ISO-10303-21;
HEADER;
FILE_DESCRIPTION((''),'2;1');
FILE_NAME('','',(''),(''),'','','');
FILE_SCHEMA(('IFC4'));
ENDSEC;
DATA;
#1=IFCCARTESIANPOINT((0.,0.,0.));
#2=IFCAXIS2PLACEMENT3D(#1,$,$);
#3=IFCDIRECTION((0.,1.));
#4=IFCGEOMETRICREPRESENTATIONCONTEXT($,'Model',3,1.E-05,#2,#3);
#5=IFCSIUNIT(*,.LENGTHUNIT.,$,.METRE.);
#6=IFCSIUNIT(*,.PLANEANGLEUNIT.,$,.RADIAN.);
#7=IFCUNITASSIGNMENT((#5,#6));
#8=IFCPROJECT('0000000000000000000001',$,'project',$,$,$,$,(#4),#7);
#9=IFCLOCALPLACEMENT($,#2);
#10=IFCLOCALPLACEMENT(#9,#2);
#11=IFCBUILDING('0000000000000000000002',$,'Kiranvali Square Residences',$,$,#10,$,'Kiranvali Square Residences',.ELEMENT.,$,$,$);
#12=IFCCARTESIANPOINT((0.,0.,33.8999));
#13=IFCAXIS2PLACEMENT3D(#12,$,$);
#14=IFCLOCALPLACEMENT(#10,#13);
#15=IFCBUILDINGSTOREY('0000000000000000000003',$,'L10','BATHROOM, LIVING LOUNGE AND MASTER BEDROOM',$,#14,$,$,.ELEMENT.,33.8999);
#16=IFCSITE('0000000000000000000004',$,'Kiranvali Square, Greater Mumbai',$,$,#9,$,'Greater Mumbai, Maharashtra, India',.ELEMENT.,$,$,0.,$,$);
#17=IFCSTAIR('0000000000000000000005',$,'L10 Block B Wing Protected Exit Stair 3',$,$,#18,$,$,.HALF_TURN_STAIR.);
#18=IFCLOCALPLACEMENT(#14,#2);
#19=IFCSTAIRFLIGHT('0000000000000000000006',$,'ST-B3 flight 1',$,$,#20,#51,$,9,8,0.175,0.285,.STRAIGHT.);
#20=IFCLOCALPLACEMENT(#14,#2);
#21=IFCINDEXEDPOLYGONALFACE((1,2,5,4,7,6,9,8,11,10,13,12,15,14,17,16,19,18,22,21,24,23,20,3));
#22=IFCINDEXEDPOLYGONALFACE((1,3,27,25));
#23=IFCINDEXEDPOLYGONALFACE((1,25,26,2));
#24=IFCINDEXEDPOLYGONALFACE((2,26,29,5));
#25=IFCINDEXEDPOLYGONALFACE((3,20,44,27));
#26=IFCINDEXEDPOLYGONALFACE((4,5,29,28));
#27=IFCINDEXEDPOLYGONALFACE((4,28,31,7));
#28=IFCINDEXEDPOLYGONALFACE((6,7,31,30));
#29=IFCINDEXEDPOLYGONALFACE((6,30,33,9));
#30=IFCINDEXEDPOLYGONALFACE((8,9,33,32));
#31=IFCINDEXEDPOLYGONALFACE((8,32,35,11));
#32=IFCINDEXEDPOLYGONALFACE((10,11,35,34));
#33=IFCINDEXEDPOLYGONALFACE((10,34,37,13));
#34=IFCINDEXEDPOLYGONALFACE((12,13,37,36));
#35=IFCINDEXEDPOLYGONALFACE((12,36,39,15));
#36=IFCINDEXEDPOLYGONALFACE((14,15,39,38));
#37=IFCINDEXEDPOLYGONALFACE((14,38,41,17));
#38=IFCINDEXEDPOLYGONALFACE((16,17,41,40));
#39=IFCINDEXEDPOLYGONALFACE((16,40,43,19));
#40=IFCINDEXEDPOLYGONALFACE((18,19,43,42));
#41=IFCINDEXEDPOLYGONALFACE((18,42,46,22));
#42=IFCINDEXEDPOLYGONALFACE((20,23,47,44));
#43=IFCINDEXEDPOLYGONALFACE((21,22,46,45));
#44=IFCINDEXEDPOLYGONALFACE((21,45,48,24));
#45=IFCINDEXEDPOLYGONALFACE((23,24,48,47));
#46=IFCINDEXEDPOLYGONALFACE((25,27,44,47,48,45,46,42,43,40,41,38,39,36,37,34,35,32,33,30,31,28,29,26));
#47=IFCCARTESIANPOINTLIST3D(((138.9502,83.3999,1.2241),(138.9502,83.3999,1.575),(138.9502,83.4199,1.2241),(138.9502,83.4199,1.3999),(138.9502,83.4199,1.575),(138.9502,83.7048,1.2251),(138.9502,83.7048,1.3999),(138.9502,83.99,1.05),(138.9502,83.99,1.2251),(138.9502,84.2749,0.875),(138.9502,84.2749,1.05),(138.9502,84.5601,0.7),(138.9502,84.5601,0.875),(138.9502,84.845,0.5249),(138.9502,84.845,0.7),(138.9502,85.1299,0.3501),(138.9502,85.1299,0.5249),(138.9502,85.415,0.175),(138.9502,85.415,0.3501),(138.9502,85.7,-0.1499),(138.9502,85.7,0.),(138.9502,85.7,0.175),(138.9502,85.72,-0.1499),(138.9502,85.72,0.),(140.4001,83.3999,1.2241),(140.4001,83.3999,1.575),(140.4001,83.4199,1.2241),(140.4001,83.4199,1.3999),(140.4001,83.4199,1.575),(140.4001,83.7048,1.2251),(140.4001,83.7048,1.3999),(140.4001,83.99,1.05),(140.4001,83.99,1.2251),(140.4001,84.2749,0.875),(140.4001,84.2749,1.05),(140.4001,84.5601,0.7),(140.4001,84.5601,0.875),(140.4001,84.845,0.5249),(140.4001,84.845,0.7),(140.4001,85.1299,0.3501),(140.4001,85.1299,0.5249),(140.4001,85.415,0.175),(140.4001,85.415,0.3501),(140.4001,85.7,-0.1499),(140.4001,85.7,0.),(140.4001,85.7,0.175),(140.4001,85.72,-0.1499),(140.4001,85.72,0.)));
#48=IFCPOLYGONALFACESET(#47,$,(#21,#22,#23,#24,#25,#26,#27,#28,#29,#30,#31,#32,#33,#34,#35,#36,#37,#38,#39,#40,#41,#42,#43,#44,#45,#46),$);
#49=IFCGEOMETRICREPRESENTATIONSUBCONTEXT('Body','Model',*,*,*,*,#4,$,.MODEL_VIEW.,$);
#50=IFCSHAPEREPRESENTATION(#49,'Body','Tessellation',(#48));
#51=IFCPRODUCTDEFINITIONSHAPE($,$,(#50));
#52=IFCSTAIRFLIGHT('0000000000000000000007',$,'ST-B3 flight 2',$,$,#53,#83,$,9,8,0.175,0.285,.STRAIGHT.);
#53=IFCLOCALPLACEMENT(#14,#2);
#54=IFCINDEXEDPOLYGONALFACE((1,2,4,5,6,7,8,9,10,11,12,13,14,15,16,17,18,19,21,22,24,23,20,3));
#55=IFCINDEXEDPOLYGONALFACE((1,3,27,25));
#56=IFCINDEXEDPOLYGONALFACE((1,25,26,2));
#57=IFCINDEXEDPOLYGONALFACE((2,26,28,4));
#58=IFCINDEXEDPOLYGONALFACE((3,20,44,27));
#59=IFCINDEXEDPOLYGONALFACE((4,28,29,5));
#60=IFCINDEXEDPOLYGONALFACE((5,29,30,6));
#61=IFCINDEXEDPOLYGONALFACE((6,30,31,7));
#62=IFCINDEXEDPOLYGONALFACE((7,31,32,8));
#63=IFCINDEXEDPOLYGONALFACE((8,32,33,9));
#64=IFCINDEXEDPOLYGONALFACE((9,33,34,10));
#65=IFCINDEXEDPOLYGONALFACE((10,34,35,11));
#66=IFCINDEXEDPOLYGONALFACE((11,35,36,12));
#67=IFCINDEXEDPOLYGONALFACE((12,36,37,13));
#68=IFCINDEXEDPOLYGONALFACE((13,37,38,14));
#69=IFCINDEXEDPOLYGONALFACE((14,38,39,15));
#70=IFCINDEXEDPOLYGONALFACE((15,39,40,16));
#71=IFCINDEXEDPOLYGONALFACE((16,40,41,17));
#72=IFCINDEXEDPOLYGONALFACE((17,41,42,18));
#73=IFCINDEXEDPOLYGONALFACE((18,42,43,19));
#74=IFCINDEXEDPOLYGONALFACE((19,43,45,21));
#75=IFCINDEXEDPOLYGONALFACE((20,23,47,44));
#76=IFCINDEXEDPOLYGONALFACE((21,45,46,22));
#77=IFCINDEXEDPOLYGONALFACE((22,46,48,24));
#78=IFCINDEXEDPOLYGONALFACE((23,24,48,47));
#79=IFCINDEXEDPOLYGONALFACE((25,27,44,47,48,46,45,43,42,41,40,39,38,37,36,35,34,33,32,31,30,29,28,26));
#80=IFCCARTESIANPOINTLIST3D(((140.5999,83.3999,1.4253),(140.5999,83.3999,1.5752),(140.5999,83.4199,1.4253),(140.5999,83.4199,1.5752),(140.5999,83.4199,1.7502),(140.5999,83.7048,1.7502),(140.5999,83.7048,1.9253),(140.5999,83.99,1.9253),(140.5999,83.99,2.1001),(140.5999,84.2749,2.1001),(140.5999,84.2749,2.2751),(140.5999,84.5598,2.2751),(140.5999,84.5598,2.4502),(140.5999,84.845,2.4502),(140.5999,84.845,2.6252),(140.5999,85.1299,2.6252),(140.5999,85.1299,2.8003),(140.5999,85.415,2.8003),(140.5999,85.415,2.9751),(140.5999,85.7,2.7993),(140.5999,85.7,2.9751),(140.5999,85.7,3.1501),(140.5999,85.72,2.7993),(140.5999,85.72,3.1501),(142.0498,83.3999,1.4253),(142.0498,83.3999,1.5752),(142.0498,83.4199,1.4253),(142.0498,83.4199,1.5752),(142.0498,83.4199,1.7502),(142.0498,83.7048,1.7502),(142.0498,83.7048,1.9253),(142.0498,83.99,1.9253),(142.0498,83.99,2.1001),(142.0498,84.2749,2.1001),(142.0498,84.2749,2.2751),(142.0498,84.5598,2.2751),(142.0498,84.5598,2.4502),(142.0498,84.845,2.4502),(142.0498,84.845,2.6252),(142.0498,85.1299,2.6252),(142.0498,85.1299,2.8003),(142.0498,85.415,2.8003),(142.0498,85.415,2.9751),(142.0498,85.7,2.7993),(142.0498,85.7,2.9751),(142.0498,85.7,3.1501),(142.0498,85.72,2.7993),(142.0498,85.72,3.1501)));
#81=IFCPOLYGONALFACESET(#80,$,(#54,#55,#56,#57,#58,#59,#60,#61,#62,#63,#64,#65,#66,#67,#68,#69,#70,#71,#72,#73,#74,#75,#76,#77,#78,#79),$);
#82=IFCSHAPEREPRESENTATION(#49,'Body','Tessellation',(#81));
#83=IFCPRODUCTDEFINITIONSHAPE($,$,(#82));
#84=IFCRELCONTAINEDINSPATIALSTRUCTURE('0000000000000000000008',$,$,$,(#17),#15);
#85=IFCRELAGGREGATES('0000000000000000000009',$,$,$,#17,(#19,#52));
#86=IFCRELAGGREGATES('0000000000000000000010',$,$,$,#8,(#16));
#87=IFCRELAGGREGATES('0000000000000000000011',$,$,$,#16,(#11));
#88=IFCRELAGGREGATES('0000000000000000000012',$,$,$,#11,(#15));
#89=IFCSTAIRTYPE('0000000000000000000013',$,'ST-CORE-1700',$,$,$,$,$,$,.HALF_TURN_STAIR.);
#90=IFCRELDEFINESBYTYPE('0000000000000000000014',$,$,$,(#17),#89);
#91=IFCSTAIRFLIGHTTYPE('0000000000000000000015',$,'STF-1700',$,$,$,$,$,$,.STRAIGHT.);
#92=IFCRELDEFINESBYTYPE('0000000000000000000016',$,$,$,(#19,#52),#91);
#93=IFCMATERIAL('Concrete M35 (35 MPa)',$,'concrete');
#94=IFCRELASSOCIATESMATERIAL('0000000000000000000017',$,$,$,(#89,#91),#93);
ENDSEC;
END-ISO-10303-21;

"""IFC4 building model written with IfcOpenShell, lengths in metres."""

from ifc_helpers import new_model, si_unit, direction, frame, origin, place, context, subcontext, project, spatial, polyline, outline, extrude, material, type_object, element, aggregate, save


model = new_model("IFC4")

# Units and contexts
model_context = context("Model", 3, precision=1e-05, world=origin(), true_north=direction((0.0, 1.0)))
body_context = subcontext(model_context, "Body", "Model", "MODEL_VIEW")
ifc_project = project(units=[si_unit("LENGTHUNIT", "METRE"), si_unit("PLANEANGLEUNIT", "RADIAN")], contexts=[model_context])

# Site, building, storey
site_placement = place(None, origin())
site = spatial("IfcSite", under=ifc_project, at=site_placement, Name="Kiranvali Square, Greater Mumbai", LongName="Greater Mumbai, Maharashtra, India", CompositionType="ELEMENT", RefElevation=0.0)
building_placement = place(site_placement, origin())
building = spatial("IfcBuilding", under=site, at=building_placement, Name="Kiranvali Square Residences", LongName="Kiranvali Square Residences", CompositionType="ELEMENT")
storey_placement = place(building_placement, frame((0.0, 0.0, 33.8999)))
storey = spatial("IfcBuildingStorey", under=building, at=storey_placement, Name="L10", Description="BATHROOM, LIVING LOUNGE AND MASTER BEDROOM", CompositionType="ELEMENT", Elevation=33.8999)

# Stair, stair flights
ifc_material_1 = material(Name="Concrete M35 (35 MPa)", Category="concrete")
stair_type = type_object("IfcStairType", Name="ST-CORE-1700", PredefinedType="HALF_TURN_STAIR", material=ifc_material_1)
stair_placement = place(storey_placement, origin())
stair = element("IfcStair", 1, at=stair_placement, inside=storey, type_object=stair_type, Name="L10 Block B Wing Protected Exit Stair 3", PredefinedType="HALF_TURN_STAIR")
stair_flight_type = type_object("IfcStairFlightType", Name="STF-1700", PredefinedType="STRAIGHT", material=ifc_material_1)
stair_flight_1_placement = place(storey_placement, frame((139.675, 85.7, 0.0), z_axis=(0.0, 0.0, 1.0), x_axis=(0.0, -1.0, 0.0)))
stair_flight_1 = element("IfcStairFlight", 2, at=stair_flight_1_placement, type_object=stair_flight_type, Name="ST-B3 flight 1", NumberOfRisers=9, NumberOfTreads=8, PredefinedType="STRAIGHT", RiserHeight=0.175, TreadLength=0.285, context=body_context, shape_type="SweptSolid", body=[
    extrude(outline(polyline([(-0.02, -0.1499), (-0.02, 0.0), (0.0, 0.0), (0.0, 0.175), (0.2849, 0.175), (0.2849, 0.3501), (0.5701, 0.3501), (0.5701, 0.5249), (0.855, 0.5249), (0.855, 0.7), (1.1399, 0.7), (1.1399, 0.875), (1.425, 0.875), (1.425, 1.05), (1.71, 1.05), (1.71, 1.2251), (1.9951, 1.2251), (1.9951, 1.3999), (2.28, 1.3999), (2.28, 1.575), (2.3, 1.575), (2.3, 1.2241), (2.28, 1.2241), (0.0, -0.1499), (-0.02, -0.1499)])), frame((0.0, 0.7251, 0.0), z_axis=(0.0, -1.0, 0.0), x_axis=(1.0, 0.0, 0.0)), (0.0, 0.0, 1.0), 1.45),
])
stair_flight_2_placement = place(storey_placement, frame((141.325, 83.4199, 1.5752), z_axis=(0.0, 0.0, 1.0), x_axis=(0.0, 1.0, 0.0)))
stair_flight_2 = element("IfcStairFlight", 3, at=stair_flight_2_placement, type_object=stair_flight_type, Name="ST-B3 flight 2", NumberOfRisers=9, NumberOfTreads=8, PredefinedType="STRAIGHT", RiserHeight=0.175, TreadLength=0.285, context=body_context, shape_type="SweptSolid", body=[
    extrude(outline(polyline([(-0.02, -0.1499), (-0.02, 0.0), (0.0, 0.0), (0.0, 0.175), (0.2849, 0.175), (0.2849, 0.3501), (0.5701, 0.3501), (0.5701, 0.5249), (0.855, 0.5249), (0.855, 0.7), (1.1399, 0.7), (1.1399, 0.875), (1.425, 0.875), (1.425, 1.05), (1.71, 1.05), (1.71, 1.2251), (1.9951, 1.2251), (1.9951, 1.3999), (2.28, 1.3999), (2.28, 1.575), (2.3, 1.575), (2.3, 1.2241), (2.28, 1.2241), (0.0, -0.1499), (-0.02, -0.1499)])), frame((0.0, 0.7251, 0.0), z_axis=(0.0, -1.0, 0.0), x_axis=(1.0, 0.0, 0.0)), (0.0, 0.0, 1.0), 1.45),
])
aggregate(stair, [stair_flight_1, stair_flight_2])

save(model, "model.ifc")
